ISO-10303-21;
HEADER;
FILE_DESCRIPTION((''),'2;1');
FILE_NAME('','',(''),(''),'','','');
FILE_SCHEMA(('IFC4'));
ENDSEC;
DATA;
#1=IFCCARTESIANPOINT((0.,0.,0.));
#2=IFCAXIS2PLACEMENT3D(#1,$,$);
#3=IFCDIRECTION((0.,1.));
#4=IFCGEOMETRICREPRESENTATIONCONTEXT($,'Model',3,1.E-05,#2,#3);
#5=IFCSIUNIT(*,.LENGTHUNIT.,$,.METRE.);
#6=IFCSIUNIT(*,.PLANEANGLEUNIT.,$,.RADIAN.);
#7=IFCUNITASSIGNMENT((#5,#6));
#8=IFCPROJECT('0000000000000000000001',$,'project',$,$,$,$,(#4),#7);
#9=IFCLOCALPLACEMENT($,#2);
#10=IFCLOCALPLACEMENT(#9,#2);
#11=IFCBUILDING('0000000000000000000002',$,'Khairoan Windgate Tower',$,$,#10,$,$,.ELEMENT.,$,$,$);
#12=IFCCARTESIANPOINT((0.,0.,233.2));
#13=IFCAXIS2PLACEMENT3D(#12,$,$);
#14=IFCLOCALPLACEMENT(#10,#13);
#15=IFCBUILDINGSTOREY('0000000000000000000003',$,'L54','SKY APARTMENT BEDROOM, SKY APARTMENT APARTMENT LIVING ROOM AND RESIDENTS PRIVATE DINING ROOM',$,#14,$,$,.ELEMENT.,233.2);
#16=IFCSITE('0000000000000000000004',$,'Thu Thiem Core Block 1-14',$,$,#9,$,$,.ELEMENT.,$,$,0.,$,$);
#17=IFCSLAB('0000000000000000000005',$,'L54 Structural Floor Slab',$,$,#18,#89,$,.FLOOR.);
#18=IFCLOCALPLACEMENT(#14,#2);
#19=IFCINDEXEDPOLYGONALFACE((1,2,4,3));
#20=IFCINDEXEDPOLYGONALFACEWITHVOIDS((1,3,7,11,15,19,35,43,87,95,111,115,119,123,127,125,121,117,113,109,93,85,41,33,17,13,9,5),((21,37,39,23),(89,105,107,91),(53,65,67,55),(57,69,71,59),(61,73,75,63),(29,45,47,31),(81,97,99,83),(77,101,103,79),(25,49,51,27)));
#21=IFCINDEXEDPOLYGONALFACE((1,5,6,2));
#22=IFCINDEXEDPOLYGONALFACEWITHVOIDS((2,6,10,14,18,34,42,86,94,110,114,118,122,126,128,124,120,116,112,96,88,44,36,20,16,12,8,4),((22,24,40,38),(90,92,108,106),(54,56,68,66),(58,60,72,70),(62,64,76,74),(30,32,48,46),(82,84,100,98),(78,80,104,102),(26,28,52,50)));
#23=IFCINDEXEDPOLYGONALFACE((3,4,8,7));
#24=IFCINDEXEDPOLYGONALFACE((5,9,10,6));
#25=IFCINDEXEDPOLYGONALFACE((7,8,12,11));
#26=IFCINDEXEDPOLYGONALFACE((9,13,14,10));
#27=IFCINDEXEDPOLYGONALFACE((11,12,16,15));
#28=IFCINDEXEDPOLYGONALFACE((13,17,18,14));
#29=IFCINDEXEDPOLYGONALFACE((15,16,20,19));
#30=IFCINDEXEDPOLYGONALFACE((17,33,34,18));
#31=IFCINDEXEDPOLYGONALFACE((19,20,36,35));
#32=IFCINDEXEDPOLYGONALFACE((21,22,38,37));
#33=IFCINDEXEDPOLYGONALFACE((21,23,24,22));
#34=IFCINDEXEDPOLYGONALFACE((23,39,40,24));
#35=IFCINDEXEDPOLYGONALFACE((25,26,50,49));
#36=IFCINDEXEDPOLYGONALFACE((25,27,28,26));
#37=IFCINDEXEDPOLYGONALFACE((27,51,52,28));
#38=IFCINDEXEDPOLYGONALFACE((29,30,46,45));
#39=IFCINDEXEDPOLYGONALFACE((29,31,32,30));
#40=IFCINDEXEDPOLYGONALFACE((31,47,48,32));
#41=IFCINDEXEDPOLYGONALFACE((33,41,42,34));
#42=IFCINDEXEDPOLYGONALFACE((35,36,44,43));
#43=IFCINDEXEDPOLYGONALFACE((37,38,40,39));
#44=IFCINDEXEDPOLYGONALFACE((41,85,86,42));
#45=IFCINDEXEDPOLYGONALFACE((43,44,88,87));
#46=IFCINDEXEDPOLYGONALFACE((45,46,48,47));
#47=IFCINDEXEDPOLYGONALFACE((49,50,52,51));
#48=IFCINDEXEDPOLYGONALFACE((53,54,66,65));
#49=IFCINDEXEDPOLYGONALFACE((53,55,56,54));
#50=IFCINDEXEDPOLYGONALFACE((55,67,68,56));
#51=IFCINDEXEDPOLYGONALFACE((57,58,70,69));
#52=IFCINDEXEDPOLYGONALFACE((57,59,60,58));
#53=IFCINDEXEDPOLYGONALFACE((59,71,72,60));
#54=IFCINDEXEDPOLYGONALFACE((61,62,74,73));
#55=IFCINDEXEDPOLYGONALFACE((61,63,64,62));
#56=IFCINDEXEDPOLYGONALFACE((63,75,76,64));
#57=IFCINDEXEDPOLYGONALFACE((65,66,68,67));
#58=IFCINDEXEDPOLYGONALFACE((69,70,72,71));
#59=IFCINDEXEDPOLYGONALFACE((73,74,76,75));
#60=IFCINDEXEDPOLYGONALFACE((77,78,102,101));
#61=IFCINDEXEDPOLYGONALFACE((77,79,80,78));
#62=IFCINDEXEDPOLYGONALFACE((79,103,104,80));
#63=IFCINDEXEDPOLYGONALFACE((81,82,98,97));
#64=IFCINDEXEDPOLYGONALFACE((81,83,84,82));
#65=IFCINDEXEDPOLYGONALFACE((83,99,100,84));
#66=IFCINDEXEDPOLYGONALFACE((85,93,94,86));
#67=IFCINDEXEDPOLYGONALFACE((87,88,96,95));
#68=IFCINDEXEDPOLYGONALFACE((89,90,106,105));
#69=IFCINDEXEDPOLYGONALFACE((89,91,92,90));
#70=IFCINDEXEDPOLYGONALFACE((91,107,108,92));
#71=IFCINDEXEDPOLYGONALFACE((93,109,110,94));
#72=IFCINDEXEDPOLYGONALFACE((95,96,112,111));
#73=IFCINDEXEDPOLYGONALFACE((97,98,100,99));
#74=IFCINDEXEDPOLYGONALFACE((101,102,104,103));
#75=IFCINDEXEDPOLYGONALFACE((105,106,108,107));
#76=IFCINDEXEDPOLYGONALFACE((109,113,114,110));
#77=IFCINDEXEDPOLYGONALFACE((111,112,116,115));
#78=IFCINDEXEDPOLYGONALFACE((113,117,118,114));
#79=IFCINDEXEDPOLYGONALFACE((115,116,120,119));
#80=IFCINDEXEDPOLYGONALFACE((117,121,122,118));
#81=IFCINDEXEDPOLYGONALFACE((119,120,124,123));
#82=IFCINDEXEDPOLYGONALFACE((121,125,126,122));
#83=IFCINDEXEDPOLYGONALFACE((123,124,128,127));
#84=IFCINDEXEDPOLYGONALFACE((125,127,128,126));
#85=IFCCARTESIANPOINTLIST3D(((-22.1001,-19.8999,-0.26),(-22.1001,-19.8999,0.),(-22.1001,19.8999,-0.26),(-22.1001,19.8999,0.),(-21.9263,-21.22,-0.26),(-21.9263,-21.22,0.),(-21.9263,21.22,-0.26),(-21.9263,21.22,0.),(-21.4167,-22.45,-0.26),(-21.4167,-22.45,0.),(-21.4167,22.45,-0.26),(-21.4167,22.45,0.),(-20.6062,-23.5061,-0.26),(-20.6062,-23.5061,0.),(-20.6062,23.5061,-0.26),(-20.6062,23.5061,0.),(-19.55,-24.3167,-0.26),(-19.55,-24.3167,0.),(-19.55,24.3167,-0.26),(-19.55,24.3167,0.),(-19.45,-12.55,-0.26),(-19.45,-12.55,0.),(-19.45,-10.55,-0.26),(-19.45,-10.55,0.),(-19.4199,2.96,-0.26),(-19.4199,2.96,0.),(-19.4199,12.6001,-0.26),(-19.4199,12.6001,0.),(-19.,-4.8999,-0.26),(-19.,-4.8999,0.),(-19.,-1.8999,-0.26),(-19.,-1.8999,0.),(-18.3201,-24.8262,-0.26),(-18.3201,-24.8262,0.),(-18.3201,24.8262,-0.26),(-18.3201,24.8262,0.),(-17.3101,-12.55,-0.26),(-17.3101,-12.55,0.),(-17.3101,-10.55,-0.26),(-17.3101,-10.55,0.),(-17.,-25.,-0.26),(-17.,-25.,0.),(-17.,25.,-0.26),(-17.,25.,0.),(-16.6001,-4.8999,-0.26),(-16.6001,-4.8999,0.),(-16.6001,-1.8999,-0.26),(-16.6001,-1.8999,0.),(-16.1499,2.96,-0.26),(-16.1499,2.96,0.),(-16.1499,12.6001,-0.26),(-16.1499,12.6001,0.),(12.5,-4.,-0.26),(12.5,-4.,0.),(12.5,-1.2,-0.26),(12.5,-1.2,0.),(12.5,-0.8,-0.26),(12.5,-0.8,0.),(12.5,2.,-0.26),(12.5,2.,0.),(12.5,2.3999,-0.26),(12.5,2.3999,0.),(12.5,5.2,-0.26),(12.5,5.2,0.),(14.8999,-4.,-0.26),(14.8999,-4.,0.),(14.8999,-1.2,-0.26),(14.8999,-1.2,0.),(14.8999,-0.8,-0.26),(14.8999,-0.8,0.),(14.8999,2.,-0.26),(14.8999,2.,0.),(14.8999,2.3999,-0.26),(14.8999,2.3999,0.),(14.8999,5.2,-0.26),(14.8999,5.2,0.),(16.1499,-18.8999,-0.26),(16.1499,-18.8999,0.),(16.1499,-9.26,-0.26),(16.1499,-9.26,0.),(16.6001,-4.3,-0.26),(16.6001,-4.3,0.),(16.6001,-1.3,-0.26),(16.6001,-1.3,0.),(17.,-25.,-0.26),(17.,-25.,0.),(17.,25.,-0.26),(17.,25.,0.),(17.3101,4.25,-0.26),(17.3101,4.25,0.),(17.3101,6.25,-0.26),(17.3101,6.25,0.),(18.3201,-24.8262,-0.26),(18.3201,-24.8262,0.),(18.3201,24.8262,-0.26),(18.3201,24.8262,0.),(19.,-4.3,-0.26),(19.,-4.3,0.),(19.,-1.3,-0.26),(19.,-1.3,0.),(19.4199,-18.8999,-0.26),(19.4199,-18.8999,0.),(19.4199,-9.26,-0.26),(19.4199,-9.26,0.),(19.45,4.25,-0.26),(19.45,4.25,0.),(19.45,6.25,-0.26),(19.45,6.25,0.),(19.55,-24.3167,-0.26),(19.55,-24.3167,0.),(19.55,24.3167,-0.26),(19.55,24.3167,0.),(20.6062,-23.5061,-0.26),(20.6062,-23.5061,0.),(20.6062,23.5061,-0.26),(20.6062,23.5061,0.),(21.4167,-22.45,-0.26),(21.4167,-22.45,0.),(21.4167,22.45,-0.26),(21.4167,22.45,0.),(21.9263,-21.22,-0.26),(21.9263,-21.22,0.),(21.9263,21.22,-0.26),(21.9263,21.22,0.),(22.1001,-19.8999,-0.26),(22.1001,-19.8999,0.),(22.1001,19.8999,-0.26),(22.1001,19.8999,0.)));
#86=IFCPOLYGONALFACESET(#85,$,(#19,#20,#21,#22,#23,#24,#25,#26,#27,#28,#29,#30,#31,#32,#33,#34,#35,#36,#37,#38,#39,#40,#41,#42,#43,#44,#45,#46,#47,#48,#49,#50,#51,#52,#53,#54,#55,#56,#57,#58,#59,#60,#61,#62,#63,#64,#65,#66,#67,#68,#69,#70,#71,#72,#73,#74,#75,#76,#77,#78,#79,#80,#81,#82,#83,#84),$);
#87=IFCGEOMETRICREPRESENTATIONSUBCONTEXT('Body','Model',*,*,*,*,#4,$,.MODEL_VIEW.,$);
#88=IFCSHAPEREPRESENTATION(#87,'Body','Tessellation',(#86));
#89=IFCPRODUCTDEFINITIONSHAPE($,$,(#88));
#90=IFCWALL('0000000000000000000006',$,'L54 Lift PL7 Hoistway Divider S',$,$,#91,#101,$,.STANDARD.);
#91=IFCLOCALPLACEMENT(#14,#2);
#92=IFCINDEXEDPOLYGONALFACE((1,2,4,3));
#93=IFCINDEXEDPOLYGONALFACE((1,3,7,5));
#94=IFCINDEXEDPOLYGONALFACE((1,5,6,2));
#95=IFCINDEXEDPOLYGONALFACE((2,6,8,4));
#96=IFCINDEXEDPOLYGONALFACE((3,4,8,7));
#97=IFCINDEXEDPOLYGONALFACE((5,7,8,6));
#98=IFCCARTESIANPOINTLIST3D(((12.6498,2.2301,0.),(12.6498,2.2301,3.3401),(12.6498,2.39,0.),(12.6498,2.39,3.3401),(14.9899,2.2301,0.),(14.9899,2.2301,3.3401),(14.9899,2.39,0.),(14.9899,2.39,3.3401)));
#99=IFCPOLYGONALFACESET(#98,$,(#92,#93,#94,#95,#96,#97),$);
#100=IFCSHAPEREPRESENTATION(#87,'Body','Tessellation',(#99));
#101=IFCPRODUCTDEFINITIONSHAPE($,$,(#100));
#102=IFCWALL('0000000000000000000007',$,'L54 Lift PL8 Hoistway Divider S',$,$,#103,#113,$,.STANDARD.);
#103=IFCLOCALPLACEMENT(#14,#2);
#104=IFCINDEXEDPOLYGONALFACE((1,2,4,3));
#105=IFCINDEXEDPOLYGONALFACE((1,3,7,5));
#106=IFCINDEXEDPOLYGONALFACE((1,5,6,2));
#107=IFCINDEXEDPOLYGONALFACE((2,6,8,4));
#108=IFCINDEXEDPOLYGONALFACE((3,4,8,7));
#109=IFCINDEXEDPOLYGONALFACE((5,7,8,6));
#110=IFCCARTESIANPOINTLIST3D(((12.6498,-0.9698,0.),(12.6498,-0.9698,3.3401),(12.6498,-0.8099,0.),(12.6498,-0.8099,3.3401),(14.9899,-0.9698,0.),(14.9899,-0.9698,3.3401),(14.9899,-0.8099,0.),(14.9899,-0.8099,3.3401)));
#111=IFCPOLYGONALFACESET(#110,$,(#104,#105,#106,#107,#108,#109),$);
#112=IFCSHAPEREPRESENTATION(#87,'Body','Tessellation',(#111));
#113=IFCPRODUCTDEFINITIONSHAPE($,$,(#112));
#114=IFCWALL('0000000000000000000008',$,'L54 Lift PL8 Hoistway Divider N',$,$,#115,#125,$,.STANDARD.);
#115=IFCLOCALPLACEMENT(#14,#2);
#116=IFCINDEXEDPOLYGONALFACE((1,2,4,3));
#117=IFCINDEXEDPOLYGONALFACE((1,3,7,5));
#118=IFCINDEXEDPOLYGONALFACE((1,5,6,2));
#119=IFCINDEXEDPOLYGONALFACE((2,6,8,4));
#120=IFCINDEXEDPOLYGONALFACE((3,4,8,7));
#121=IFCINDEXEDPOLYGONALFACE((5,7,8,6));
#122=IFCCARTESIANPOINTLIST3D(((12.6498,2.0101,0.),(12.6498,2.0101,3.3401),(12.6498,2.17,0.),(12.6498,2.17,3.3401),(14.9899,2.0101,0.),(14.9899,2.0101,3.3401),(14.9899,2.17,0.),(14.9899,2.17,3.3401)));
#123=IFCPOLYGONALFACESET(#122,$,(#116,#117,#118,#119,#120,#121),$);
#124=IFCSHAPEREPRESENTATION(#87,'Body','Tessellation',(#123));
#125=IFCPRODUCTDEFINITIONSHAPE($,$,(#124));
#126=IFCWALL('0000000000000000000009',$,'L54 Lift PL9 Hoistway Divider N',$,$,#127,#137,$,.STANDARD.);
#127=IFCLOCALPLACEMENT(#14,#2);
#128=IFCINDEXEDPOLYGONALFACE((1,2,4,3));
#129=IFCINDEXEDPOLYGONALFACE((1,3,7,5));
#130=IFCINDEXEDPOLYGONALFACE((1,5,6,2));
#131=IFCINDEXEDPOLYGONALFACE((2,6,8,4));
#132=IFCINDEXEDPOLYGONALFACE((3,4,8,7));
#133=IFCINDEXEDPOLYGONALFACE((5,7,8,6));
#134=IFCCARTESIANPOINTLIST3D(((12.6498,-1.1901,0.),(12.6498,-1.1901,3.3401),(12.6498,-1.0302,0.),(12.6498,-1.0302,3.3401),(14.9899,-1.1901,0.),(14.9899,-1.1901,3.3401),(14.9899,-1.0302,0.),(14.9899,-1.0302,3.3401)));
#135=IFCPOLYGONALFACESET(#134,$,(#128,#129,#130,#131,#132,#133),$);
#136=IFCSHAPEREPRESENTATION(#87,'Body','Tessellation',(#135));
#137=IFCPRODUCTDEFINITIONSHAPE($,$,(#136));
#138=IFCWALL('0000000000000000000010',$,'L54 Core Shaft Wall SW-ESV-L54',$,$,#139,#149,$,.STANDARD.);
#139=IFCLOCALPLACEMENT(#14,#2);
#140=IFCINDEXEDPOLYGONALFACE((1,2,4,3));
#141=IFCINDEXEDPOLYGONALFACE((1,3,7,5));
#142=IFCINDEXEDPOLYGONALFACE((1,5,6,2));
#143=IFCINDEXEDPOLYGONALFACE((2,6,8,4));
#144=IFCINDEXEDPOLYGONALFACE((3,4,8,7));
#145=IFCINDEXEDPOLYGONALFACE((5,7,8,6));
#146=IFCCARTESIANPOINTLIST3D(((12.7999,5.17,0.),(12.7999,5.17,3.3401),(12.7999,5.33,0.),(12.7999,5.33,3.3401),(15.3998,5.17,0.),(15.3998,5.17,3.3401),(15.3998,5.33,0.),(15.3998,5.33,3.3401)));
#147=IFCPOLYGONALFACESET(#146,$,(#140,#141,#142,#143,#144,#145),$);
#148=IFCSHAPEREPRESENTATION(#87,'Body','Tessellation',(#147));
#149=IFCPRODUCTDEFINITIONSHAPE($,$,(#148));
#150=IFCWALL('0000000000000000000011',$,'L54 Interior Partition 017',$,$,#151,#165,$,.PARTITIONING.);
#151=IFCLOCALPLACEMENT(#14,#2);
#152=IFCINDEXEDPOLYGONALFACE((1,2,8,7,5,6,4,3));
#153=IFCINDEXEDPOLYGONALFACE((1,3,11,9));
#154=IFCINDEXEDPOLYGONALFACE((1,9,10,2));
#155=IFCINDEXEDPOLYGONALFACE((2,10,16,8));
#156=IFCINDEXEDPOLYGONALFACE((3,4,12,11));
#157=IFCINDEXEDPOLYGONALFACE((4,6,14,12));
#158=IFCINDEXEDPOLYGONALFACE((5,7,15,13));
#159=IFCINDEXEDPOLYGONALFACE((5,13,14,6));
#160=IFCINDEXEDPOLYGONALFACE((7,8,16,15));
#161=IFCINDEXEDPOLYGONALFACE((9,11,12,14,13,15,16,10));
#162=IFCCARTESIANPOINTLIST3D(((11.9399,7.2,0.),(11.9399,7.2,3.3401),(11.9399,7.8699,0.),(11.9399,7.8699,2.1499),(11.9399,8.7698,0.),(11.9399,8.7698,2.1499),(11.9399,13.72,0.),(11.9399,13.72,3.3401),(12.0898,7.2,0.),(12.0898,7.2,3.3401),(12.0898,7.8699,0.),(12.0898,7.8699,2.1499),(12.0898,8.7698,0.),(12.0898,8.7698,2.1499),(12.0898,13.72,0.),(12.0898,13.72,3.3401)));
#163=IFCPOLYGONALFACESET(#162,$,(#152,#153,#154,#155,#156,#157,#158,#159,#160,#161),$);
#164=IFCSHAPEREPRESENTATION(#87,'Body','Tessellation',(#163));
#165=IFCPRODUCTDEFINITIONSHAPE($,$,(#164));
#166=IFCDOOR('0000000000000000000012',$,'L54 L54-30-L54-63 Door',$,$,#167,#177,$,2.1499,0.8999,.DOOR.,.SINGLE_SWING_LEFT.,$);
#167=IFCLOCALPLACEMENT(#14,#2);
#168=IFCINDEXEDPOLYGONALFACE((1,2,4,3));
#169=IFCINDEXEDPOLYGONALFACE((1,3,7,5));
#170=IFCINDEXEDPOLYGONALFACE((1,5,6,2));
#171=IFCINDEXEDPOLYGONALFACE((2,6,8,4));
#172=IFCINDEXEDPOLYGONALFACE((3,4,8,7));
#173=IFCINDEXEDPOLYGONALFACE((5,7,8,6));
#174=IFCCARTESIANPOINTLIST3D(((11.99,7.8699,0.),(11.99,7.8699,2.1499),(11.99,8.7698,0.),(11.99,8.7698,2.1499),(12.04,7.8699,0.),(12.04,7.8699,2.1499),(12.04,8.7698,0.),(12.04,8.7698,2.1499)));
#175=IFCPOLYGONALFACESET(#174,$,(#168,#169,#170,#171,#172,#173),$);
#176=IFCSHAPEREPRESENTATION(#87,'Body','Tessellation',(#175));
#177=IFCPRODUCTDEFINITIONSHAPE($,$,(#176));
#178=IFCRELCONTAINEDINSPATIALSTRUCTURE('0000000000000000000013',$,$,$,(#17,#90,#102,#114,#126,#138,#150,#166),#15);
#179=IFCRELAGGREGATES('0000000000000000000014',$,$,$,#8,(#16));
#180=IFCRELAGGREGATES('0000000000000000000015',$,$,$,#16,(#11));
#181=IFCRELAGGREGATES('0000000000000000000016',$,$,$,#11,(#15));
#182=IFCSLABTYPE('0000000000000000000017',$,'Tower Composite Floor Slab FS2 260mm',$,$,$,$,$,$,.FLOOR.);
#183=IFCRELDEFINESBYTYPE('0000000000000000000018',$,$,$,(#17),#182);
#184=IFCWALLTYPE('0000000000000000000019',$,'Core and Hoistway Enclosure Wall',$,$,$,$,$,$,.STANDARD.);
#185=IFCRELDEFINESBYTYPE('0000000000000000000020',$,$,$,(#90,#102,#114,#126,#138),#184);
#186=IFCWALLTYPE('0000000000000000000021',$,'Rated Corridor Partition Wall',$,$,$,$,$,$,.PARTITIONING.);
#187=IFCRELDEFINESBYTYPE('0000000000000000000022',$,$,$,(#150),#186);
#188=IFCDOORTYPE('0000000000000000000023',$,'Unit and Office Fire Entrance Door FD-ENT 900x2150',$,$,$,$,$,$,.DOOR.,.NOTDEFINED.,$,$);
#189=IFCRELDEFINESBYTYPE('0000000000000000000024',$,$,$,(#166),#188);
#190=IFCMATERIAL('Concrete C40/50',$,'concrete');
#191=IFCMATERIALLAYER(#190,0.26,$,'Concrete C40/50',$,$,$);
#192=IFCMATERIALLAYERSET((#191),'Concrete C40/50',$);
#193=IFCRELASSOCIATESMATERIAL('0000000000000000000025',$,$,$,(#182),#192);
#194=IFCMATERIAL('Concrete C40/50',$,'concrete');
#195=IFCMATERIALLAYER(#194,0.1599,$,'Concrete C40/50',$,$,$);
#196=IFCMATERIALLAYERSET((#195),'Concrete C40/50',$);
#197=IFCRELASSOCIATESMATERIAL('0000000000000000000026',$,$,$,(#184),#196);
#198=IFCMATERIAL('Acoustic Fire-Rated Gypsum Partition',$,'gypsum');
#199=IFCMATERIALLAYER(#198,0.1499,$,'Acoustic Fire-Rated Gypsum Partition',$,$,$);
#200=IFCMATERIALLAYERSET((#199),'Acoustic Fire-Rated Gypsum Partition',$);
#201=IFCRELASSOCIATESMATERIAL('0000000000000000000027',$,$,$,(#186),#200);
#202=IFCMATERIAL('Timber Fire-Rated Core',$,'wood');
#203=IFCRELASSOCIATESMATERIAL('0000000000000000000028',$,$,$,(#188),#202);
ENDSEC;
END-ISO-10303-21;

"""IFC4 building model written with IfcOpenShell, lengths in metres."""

from ifc_helpers import new_model, si_unit, direction, frame, frame_2d, origin, place, context, subcontext, project, spatial, polyline, rectangle, outline, extrude, material, layer, layer_set, type_object, element, fill, save


model = new_model("IFC4")

# Units and contexts
model_context = context("Model", 3, precision=1e-05, world=origin(), true_north=direction((0.0, 1.0)))
body_context = subcontext(model_context, "Body", "Model", "MODEL_VIEW")
ifc_project = project(units=[si_unit("LENGTHUNIT", "METRE"), si_unit("PLANEANGLEUNIT", "RADIAN")], contexts=[model_context])

# Site, building, storey
site_placement = place(None, origin())
site = spatial("IfcSite", under=ifc_project, at=site_placement, Name="Thu Thiem Core Block 1-14", CompositionType="ELEMENT", RefElevation=0.0)
building_placement = place(site_placement, origin())
building = spatial("IfcBuilding", under=site, at=building_placement, Name="Khairoan Windgate Tower", CompositionType="ELEMENT")
storey_placement = place(building_placement, frame((0.0, 0.0, 233.2)))
storey = spatial("IfcBuildingStorey", under=building, at=storey_placement, Name="L54", Description="SKY APARTMENT BEDROOM, SKY APARTMENT APARTMENT LIVING ROOM AND RESIDENTS PRIVATE DINING ROOM", CompositionType="ELEMENT", Elevation=233.2)

# Slab
ifc_material_1 = material(Name="Concrete C40/50", Category="concrete")
ifc_layer_1 = layer(ifc_material_1, 0.26, Name="Concrete C40/50")
ifc_layer_set_1 = layer_set([ifc_layer_1], Name="Concrete C40/50")
slab_type_1 = type_object("IfcSlabType", Name="Tower Composite Floor Slab FS2 260mm", PredefinedType="FLOOR", material=ifc_layer_set_1)
slab_1_placement = place(storey_placement, frame((0.0, 0.0, -0.26)))
element("IfcSlab", 1, at=slab_1_placement, inside=storey, type_object=slab_type_1, Name="L54 Structural Floor Slab", PredefinedType="FLOOR", context=body_context, shape_type="SweptSolid", body=[
    extrude(outline(polyline([(17.0, -25.0), (18.3201, -24.8262), (19.55, -24.3167), (20.6062, -23.5061), (21.4167, -22.45), (21.9263, -21.22), (22.1001, -19.8999), (22.1001, 19.8999), (21.9263, 21.22), (21.4167, 22.45), (20.6062, 23.5061), (19.55, 24.3167), (18.3201, 24.8262), (17.0, 25.0), (-17.0, 25.0), (-18.3201, 24.8262), (-19.55, 24.3167), (-20.6062, 23.5061), (-21.4167, 22.45), (-21.9263, 21.22), (-22.1001, 19.8999), (-22.1001, -19.8999), (-21.9263, -21.22), (-21.4167, -22.45), (-20.6062, -23.5061), (-19.55, -24.3167), (-18.3201, -24.8262), (-17.0, -25.0), (17.0, -25.0)]), holes=[polyline([(16.1499, -9.26), (16.1499, -18.8999), (19.4199, -18.8999), (19.4199, -9.26), (16.1499, -9.26)]), polyline([(-16.1499, 2.96), (-16.1499, 12.6001), (-19.4199, 12.6001), (-19.4199, 2.96), (-16.1499, 2.96)]), polyline([(12.5, 2.3999), (14.8999, 2.3999), (14.8999, 5.2), (12.5, 5.2), (12.5, 2.3999)]), polyline([(12.5, -0.8), (14.8999, -0.8), (14.8999, 2.0), (12.5, 2.0), (12.5, -0.8)]), polyline([(12.5, -4.0), (14.8999, -4.0), (14.8999, -1.2), (12.5, -1.2), (12.5, -4.0)]), polyline([(16.6001, -4.3), (19.0, -4.3), (19.0, -1.3), (16.6001, -1.3), (16.6001, -4.3)]), polyline([(-19.0, -4.8999), (-16.6001, -4.8999), (-16.6001, -1.8999), (-19.0, -1.8999), (-19.0, -4.8999)]), polyline([(-19.45, -12.55), (-17.3101, -12.55), (-17.3101, -10.55), (-19.45, -10.55), (-19.45, -12.55)]), polyline([(17.3101, 4.25), (19.45, 4.25), (19.45, 6.25), (17.3101, 6.25), (17.3101, 4.25)])]), origin(), (0.0, 0.0, 1.0), 0.26),
])

# Walls
ifc_material_2 = material(Name="Concrete C40/50", Category="concrete")
ifc_layer_2 = layer(ifc_material_2, 0.1599, Name="Concrete C40/50")
ifc_layer_set_2 = layer_set([ifc_layer_2], Name="Concrete C40/50")
wall_type_1 = type_object("IfcWallType", Name="Core and Hoistway Enclosure Wall", PredefinedType="STANDARD", material=ifc_layer_set_2)
for number, where, z_axis, x_axis, name in (
    (2, (12.6499, 2.3101, 0.0), (0.0, 0.0, 1.0), (1.0, 0.0, 0.0), "L54 Lift PL7 Hoistway Divider S"),
    (3, (12.6499, -0.8899, 0.0), (0.0, 0.0, 1.0), (1.0, 0.0, 0.0), "L54 Lift PL8 Hoistway Divider S"),
    (4, (12.6499, 2.0901, 0.0), (0.0, 0.0, 1.0), (1.0, 0.0, 0.0), "L54 Lift PL8 Hoistway Divider N"),
    (5, (12.6499, -1.1101, 0.0), (0.0, 0.0, 1.0), (1.0, 0.0, 0.0), "L54 Lift PL9 Hoistway Divider N"),
):
    element("IfcWall", number, at=place(storey_placement, frame(where, z_axis=z_axis, x_axis=x_axis)), inside=storey, type_object=wall_type_1, Name=name, PredefinedType="STANDARD", context=body_context, shape_type="SweptSolid", body=[
        extrude(rectangle(XDim=2.3401, YDim=0.1599, at=frame_2d((1.1699, 0.0))), origin(), (0.0, 0.0, 1.0), 3.3401),
    ])
wall_1_placement = place(storey_placement, frame((12.8, 5.25, 0.0), z_axis=(0.0, 0.0, 1.0), x_axis=(1.0, 0.0, 0.0)))
element("IfcWall", 6, at=wall_1_placement, inside=storey, type_object=wall_type_1, Name="L54 Core Shaft Wall SW-ESV-L54", PredefinedType="STANDARD", context=body_context, shape_type="SweptSolid", body=[
    extrude(rectangle(XDim=2.5999, YDim=0.1599, at=frame_2d((1.2998, 0.0))), origin(), (0.0, 0.0, 1.0), 3.3401),
])

# Wall, opening, door
ifc_material_3 = material(Name="Acoustic Fire-Rated Gypsum Partition", Category="gypsum")
ifc_layer_3 = layer(ifc_material_3, 0.1499, Name="Acoustic Fire-Rated Gypsum Partition")
ifc_layer_set_3 = layer_set([ifc_layer_3], Name="Acoustic Fire-Rated Gypsum Partition")
wall_type_2 = type_object("IfcWallType", Name="Rated Corridor Partition Wall", PredefinedType="PARTITIONING", material=ifc_layer_set_3)
wall_2_placement = place(storey_placement, frame((12.0149, 7.2, 0.0), z_axis=(0.0, 0.0, 1.0), x_axis=(0.0, 1.0, 0.0)))
wall_2 = element("IfcWall", 7, at=wall_2_placement, inside=storey, type_object=wall_type_2, Name="L54 Interior Partition 017", PredefinedType="PARTITIONING", context=body_context, shape_type="SweptSolid", body=[
    extrude(rectangle(XDim=6.52, YDim=0.1499, at=frame_2d((3.26, 0.0))), origin(), (0.0, 0.0, 1.0), 3.3401),
])
opening_1_placement = place(wall_2_placement, frame((0.6699, 0.0, 0.0)))
opening_1 = element("IfcOpeningElement", 8, at=opening_1_placement, cuts=wall_2, PredefinedType="OPENING", context=body_context, shape_type="SweptSolid", body=[
    extrude(rectangle(XDim=0.8999, YDim=2.1499, at=frame_2d((0.45, 1.075))), frame((0.0, 0.085, 0.0), z_axis=(0.0, -1.0, 0.0), x_axis=(1.0, 0.0, 0.0)), (0.0, 0.0, 1.0), 0.1699),
])
ifc_material_4 = material(Name="Timber Fire-Rated Core", Category="wood")
door_type = type_object("IfcDoorType", Name="Unit and Office Fire Entrance Door FD-ENT 900x2150", OperationType="NOTDEFINED", PredefinedType="DOOR", material=ifc_material_4)
door_1_placement = place(opening_1_placement, origin())
door_1 = element("IfcDoor", 9, at=door_1_placement, inside=storey, type_object=door_type, Name="L54 L54-30-L54-63 Door", OperationType="SINGLE_SWING_LEFT", OverallHeight=2.1499, OverallWidth=0.8999, PredefinedType="DOOR", context=body_context, shape_type="SweptSolid", body=[
    extrude(rectangle(XDim=0.8999, YDim=2.1499, at=frame_2d((0.45, 1.075))), frame((0.0, 0.0249, 0.0), z_axis=(0.0, -1.0, 0.0), x_axis=(1.0, 0.0, 0.0)), (0.0, 0.0, 1.0), 0.05),
])
fill(opening_1, door_1)

save(model, "model.ifc")
